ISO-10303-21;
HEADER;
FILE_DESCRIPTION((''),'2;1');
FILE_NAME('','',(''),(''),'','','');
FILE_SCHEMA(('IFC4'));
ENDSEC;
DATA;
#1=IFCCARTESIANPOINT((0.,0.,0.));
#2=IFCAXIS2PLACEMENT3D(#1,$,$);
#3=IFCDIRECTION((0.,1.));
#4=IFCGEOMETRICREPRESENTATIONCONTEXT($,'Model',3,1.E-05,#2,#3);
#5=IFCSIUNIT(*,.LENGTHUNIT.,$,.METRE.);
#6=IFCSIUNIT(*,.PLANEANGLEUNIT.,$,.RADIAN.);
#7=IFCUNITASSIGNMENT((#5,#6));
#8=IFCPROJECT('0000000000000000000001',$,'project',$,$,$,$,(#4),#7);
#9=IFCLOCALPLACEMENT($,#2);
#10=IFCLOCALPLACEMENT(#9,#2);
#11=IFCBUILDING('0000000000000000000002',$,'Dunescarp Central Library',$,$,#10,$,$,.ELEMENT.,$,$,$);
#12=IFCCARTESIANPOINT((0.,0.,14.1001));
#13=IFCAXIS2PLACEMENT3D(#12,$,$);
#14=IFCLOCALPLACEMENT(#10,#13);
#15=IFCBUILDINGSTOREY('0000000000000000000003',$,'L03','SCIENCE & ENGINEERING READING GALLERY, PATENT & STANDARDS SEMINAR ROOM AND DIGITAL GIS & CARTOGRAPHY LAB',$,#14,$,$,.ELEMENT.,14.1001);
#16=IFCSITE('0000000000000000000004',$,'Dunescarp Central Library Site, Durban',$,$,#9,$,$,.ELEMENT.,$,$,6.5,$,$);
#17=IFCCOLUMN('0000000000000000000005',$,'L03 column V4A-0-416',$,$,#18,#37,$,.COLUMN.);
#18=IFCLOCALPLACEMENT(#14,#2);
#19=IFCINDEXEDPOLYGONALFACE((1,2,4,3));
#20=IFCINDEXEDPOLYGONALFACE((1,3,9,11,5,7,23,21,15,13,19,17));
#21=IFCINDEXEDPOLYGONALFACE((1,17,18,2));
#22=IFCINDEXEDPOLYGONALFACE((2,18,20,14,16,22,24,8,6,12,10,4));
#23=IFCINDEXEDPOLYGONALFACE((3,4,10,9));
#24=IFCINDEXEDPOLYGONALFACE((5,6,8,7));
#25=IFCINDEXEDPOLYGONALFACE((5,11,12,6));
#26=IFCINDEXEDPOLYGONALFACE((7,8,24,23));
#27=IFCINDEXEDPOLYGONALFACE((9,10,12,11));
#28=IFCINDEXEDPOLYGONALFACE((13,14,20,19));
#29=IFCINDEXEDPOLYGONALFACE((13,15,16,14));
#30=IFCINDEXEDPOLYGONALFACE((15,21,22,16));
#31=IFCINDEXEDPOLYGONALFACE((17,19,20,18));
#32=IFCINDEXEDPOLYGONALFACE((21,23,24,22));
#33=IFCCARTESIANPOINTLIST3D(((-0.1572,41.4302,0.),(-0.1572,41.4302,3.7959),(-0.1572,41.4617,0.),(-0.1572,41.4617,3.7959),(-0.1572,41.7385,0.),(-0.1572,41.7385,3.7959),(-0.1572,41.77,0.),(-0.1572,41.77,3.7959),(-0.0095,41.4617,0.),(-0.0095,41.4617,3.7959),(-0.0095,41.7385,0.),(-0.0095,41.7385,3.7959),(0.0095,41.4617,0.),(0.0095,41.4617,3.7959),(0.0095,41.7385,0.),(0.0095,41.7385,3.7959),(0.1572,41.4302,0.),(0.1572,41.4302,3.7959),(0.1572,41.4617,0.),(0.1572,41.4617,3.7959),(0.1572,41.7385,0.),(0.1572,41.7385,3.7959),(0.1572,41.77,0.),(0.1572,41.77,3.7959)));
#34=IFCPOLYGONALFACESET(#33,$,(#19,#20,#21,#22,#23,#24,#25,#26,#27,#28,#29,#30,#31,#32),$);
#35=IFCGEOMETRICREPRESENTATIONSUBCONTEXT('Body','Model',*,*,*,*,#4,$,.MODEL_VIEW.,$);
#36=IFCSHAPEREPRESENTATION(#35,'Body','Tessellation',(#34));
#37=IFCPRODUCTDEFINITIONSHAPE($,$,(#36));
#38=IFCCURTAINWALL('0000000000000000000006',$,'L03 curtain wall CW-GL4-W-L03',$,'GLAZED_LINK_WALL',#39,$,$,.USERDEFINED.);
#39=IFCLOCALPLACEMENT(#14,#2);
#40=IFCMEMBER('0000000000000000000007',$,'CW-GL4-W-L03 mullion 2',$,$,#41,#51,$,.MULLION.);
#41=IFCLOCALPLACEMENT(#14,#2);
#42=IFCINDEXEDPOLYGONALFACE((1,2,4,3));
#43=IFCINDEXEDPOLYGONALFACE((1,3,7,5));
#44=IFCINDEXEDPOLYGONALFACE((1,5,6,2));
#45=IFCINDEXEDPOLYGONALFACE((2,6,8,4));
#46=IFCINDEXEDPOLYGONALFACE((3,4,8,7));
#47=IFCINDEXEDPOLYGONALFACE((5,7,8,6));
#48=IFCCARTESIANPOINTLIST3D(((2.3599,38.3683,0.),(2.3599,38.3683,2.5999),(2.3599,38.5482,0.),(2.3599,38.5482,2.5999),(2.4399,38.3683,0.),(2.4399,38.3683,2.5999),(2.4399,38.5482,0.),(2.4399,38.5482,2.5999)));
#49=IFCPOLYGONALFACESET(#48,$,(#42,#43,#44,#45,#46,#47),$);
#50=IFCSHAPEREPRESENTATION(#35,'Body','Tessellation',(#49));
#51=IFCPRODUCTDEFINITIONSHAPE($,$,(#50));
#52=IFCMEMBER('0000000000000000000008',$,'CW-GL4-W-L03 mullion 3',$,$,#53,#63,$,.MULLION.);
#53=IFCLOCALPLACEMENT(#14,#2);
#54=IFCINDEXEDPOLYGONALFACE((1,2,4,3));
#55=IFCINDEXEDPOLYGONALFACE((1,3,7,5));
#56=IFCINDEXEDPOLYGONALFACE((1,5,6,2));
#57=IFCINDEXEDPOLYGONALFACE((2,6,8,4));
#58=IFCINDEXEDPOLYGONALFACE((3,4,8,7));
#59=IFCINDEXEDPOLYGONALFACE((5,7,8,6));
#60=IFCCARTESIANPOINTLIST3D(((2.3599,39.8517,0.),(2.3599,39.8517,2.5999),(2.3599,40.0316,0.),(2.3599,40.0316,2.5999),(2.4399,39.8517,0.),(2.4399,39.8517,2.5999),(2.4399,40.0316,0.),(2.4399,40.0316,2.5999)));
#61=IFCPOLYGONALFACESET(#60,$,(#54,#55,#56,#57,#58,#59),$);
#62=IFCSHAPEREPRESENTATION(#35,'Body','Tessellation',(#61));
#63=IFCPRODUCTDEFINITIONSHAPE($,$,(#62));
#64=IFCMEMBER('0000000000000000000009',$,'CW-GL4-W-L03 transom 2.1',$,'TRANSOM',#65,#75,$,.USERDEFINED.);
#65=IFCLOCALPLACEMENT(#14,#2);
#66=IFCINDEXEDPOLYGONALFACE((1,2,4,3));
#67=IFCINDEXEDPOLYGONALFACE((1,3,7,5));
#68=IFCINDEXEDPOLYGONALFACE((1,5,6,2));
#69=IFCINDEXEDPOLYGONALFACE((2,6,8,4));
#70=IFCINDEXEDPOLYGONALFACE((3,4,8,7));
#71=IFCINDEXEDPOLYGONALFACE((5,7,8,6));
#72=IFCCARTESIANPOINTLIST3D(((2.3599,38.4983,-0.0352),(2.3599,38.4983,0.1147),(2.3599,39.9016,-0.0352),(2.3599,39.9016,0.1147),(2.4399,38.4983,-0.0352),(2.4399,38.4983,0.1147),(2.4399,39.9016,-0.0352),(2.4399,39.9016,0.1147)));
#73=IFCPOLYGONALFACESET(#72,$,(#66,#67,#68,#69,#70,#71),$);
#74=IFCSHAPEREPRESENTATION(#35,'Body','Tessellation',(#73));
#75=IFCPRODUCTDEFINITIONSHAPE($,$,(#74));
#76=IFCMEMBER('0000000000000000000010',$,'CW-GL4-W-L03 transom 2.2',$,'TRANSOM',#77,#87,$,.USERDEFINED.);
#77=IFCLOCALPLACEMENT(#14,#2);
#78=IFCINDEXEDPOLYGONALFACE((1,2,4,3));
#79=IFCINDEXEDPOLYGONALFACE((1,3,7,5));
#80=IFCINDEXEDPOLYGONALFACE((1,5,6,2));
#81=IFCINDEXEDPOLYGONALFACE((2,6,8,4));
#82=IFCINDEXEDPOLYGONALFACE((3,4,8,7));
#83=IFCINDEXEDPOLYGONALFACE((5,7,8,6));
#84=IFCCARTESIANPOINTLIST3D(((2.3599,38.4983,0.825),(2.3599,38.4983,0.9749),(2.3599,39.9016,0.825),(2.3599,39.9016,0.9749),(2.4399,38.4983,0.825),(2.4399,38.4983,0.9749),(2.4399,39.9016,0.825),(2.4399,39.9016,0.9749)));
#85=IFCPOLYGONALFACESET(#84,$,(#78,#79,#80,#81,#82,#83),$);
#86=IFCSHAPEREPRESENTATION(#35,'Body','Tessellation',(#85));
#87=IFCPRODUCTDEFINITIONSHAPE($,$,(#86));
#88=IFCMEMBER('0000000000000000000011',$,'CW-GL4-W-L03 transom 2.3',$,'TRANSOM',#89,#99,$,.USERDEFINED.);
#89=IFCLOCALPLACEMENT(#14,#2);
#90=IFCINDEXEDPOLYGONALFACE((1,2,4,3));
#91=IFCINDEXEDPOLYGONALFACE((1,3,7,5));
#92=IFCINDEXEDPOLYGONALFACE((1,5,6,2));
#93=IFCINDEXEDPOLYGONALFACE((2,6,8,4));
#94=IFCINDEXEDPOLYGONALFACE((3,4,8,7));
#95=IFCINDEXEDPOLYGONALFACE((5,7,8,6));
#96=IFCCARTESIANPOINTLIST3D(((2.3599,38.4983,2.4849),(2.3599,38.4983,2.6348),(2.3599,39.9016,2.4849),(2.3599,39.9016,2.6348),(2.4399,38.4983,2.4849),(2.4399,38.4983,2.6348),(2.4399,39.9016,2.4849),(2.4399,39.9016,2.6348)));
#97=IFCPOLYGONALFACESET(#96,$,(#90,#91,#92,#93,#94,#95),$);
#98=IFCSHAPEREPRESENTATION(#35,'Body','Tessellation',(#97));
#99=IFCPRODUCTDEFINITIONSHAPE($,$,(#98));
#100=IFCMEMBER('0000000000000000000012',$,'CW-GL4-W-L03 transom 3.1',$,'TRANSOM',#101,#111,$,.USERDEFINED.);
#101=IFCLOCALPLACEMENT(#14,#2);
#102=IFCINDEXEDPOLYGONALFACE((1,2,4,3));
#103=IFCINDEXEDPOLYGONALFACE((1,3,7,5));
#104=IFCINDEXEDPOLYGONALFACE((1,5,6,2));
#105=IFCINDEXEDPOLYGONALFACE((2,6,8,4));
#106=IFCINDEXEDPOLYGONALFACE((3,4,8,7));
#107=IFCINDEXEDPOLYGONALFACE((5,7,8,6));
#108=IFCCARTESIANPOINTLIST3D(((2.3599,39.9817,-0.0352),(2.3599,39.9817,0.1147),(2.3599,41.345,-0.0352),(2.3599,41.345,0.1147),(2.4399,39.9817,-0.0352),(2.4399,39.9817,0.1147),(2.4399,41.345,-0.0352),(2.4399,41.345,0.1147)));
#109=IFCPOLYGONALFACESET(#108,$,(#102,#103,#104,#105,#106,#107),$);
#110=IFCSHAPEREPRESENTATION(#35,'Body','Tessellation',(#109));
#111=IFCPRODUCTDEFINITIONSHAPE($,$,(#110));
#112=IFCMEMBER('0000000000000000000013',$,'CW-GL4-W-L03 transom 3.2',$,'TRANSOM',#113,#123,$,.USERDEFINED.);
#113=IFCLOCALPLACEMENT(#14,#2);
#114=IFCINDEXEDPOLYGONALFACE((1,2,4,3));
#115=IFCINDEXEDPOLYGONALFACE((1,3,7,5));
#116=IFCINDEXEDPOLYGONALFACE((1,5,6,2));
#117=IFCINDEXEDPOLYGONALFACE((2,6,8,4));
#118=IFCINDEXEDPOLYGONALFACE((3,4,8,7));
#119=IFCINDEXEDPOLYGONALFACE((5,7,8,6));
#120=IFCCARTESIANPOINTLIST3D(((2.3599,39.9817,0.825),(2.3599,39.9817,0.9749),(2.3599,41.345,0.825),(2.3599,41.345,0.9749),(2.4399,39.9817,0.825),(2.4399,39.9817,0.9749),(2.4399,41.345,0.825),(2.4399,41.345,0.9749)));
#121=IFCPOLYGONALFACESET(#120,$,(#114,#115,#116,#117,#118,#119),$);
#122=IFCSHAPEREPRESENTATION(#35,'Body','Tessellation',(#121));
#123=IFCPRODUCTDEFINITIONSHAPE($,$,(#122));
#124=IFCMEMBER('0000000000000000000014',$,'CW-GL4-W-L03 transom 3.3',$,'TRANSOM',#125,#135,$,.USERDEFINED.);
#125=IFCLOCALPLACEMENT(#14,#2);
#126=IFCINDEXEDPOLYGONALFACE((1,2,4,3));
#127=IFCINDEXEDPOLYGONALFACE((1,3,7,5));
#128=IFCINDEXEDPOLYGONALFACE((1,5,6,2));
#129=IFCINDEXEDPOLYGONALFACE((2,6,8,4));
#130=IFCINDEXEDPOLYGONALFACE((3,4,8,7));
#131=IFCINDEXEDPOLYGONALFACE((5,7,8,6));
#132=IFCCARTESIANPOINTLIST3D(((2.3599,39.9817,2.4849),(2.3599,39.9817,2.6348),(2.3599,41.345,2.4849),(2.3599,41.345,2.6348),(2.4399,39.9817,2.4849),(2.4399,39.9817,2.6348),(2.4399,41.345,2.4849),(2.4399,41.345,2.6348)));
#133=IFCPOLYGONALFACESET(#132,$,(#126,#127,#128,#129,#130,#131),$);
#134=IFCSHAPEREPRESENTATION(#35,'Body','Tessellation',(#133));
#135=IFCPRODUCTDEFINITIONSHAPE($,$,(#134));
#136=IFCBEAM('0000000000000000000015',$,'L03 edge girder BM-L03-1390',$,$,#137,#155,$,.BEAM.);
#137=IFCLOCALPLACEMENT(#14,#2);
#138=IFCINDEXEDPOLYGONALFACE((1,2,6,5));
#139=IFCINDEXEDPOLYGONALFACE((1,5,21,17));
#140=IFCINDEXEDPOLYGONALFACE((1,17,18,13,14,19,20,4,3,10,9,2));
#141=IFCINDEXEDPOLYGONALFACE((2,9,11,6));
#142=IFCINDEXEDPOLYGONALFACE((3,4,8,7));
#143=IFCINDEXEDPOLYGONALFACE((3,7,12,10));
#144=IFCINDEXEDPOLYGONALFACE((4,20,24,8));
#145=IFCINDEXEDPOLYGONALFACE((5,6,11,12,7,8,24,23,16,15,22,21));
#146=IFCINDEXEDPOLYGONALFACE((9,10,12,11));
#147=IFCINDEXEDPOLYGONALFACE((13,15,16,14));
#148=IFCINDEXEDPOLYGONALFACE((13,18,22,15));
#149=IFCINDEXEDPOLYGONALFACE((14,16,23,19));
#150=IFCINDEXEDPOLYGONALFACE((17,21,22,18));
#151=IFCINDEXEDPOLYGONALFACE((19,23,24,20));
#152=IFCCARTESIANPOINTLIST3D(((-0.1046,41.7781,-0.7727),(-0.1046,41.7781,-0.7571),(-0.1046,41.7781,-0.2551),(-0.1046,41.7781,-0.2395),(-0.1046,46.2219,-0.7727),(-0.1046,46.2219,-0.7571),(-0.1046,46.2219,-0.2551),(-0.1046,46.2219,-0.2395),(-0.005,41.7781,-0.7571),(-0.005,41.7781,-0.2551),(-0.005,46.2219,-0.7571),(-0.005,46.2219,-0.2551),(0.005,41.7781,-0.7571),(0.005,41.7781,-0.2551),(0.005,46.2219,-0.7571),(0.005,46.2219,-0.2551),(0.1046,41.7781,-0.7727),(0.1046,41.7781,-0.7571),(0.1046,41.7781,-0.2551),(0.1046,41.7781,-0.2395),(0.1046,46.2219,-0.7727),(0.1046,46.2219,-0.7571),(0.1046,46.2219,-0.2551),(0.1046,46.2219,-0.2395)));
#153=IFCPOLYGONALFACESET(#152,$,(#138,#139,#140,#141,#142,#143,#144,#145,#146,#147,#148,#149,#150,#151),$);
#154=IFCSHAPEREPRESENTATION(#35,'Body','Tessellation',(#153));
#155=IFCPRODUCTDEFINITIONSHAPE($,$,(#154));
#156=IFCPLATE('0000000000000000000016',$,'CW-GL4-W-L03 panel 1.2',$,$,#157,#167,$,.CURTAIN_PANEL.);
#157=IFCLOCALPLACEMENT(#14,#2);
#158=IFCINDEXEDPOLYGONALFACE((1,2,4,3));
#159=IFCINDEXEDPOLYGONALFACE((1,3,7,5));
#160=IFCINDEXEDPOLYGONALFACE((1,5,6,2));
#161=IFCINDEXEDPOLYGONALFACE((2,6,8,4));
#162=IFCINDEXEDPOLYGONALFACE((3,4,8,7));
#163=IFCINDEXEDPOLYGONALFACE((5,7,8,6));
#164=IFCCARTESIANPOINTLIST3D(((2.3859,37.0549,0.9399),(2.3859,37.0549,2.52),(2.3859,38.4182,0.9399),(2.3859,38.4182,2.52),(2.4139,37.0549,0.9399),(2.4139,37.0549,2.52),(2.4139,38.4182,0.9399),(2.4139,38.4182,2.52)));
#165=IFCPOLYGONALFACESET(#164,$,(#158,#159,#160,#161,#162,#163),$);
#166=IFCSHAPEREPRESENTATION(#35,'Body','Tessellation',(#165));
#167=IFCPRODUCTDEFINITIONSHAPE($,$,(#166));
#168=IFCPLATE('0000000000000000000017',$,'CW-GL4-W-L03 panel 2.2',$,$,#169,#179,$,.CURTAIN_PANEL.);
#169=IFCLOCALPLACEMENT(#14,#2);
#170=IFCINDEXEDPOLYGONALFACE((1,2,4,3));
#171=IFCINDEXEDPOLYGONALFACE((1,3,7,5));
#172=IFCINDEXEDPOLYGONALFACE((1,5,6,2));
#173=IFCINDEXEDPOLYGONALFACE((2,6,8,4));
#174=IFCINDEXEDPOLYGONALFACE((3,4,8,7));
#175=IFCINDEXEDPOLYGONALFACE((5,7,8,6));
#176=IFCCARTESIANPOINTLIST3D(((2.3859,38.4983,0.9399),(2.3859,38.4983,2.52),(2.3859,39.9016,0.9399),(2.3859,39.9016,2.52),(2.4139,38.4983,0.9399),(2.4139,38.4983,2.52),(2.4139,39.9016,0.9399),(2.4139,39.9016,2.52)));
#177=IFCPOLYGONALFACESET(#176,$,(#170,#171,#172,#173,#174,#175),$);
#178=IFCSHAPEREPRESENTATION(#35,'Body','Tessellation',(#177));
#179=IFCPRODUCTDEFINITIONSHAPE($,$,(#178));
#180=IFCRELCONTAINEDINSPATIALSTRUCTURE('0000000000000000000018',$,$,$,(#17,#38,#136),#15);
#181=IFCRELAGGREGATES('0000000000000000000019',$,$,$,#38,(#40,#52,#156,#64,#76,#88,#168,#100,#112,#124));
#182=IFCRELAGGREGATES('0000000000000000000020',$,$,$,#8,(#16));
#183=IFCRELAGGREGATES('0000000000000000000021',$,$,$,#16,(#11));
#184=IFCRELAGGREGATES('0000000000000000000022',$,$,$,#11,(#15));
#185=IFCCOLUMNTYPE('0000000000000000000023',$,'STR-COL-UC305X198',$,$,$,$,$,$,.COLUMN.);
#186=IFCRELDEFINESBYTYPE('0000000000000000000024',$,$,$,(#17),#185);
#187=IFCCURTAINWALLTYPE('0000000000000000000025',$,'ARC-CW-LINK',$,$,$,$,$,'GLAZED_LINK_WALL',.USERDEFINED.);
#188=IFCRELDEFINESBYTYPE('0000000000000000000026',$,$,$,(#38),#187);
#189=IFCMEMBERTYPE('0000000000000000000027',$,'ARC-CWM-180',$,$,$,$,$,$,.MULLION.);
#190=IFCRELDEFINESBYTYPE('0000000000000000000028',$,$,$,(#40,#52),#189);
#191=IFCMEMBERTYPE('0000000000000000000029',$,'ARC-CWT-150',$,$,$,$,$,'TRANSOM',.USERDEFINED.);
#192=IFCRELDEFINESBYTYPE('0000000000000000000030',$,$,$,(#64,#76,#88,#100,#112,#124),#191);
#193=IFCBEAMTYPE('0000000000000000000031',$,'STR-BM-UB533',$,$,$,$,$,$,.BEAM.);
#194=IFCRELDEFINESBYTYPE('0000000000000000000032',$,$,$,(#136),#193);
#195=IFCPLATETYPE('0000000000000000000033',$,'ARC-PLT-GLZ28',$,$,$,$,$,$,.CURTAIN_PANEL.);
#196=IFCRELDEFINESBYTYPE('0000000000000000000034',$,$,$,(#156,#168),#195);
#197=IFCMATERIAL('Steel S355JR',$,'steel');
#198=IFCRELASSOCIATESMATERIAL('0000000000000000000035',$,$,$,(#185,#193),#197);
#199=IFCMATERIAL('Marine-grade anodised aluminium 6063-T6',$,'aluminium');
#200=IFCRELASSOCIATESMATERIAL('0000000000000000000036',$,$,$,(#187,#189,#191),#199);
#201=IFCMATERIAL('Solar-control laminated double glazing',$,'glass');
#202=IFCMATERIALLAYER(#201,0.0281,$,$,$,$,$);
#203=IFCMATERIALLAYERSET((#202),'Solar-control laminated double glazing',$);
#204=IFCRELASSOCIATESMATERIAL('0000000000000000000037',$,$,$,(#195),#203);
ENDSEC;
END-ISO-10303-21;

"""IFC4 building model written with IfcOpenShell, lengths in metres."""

from ifc_helpers import new_model, si_unit, direction, frame, origin, origin_2d, place, context, subcontext, project, spatial, rectangle, i_section, extrude, material, layer, layer_set, material_profile, profile_set, type_object, element, aggregate, save


model = new_model("IFC4")

# Units and contexts
model_context = context("Model", 3, precision=1e-05, world=origin(), true_north=direction((0.0, 1.0)))
body_context = subcontext(model_context, "Body", "Model", "MODEL_VIEW")
ifc_project = project(units=[si_unit("LENGTHUNIT", "METRE"), si_unit("PLANEANGLEUNIT", "RADIAN")], contexts=[model_context])

# Site, building, storey
site_placement = place(None, origin())
site = spatial("IfcSite", under=ifc_project, at=site_placement, Name="Dunescarp Central Library Site, Durban", CompositionType="ELEMENT", RefElevation=6.5)
building_placement = place(site_placement, origin())
building = spatial("IfcBuilding", under=site, at=building_placement, Name="Dunescarp Central Library", CompositionType="ELEMENT")
storey_placement = place(building_placement, frame((0.0, 0.0, 14.1001)))
storey = spatial("IfcBuildingStorey", under=building, at=storey_placement, Name="L03", Description="SCIENCE & ENGINEERING READING GALLERY, PATENT & STANDARDS SEMINAR ROOM AND DIGITAL GIS & CARTOGRAPHY LAB", CompositionType="ELEMENT", Elevation=14.1001)

# Column
ifc_material_1 = material(Name="Steel S355JR", Category="steel")
ifc_material_profile_1 = material_profile(ifc_material_1, i_section(OverallWidth=0.3145, OverallDepth=0.3398, WebThickness=0.019, FlangeThickness=0.0315, at=origin_2d()), Name="UC 305x305x198")
ifc_profile_set_1 = profile_set([ifc_material_profile_1], Name="Steel S355JR")
column_type = type_object("IfcColumnType", Name="STR-COL-UC305X198", PredefinedType="COLUMN", material=ifc_profile_set_1)
column_placement = place(storey_placement, frame((0.0, 41.6001, 0.0), z_axis=(0.0, 0.0, 1.0), x_axis=(1.0, 0.0, 0.0)))
element("IfcColumn", 1, at=column_placement, inside=storey, type_object=column_type, Name="L03 column V4A-0-416", PredefinedType="COLUMN", context=body_context, shape_type="SweptSolid", body=[
    extrude(i_section(OverallWidth=0.3145, OverallDepth=0.3398, WebThickness=0.019, FlangeThickness=0.0315, at=origin_2d()), origin(), (0.0, 0.0, 1.0), 3.7959),
])

# Curtain wall, members
ifc_material_2 = material(Name="Marine-grade anodised aluminium 6063-T6", Category="aluminium")
curtain_wall_type = type_object("IfcCurtainWallType", Name="ARC-CW-LINK", ElementType="GLAZED_LINK_WALL", PredefinedType="USERDEFINED", material=ifc_material_2)
curtain_wall_placement = place(storey_placement, origin())
curtain_wall = element("IfcCurtainWall", 2, at=curtain_wall_placement, inside=storey, type_object=curtain_wall_type, Name="L03 curtain wall CW-GL4-W-L03", ObjectType="GLAZED_LINK_WALL", PredefinedType="USERDEFINED")
ifc_material_profile_2 = material_profile(ifc_material_2, rectangle(XDim=0.0801, YDim=0.1799, at=origin_2d()), Name="AL 80x180")
ifc_profile_set_2 = profile_set([ifc_material_profile_2], Name="Marine-grade anodised aluminium 6063-T6")
member_type_1 = type_object("IfcMemberType", Name="ARC-CWM-180", PredefinedType="MULLION", material=ifc_profile_set_2)
member_1_placement = place(storey_placement, frame((2.3999, 38.4583, 0.0), z_axis=(0.0, 0.0, 1.0), x_axis=(-1.0, 0.0, 0.0)))
member_1 = element("IfcMember", 3, at=member_1_placement, type_object=member_type_1, Name="CW-GL4-W-L03 mullion 2", PredefinedType="MULLION", context=body_context, shape_type="SweptSolid", body=[
    extrude(rectangle(XDim=0.0801, YDim=0.1799, at=origin_2d()), origin(), (0.0, 0.0, 1.0), 2.5999),
])
member_2_placement = place(storey_placement, frame((2.3999, 39.9417, 0.0), z_axis=(0.0, 0.0, 1.0), x_axis=(-1.0, 0.0, 0.0)))
member_2 = element("IfcMember", 4, at=member_2_placement, type_object=member_type_1, Name="CW-GL4-W-L03 mullion 3", PredefinedType="MULLION", context=body_context, shape_type="SweptSolid", body=[
    extrude(rectangle(XDim=0.0801, YDim=0.1799, at=origin_2d()), origin(), (0.0, 0.0, 1.0), 2.5999),
])
ifc_material_profile_3 = material_profile(ifc_material_2, rectangle(XDim=0.0801, YDim=0.1499, at=origin_2d()), Name="AL 80x150")
ifc_profile_set_3 = profile_set([ifc_material_profile_3], Name="Marine-grade anodised aluminium 6063-T6")
member_type_2 = type_object("IfcMemberType", Name="ARC-CWT-150", ElementType="TRANSOM", PredefinedType="USERDEFINED", material=ifc_profile_set_3)
member_3_placement = place(storey_placement, frame((2.3999, 38.4983, 0.0398), z_axis=(0.0, 1.0, 0.0), x_axis=(-1.0, 0.0, 0.0)))
member_3 = element("IfcMember", 5, at=member_3_placement, type_object=member_type_2, Name="CW-GL4-W-L03 transom 2.1", ObjectType="TRANSOM", PredefinedType="USERDEFINED", context=body_context, shape_type="SweptSolid", body=[
    extrude(rectangle(XDim=0.0801, YDim=0.1499, at=origin_2d()), origin(), (0.0, 0.0, 1.0), 1.4033),
])
member_4_placement = place(storey_placement, frame((2.3999, 38.4983, 0.8999), z_axis=(0.0, 1.0, 0.0), x_axis=(-1.0, 0.0, 0.0)))
member_4 = element("IfcMember", 6, at=member_4_placement, type_object=member_type_2, Name="CW-GL4-W-L03 transom 2.2", ObjectType="TRANSOM", PredefinedType="USERDEFINED", context=body_context, shape_type="SweptSolid", body=[
    extrude(rectangle(XDim=0.0801, YDim=0.1499, at=origin_2d()), origin(), (0.0, 0.0, 1.0), 1.4033),
])
member_5_placement = place(storey_placement, frame((2.3999, 38.4983, 2.5598), z_axis=(0.0, 1.0, 0.0), x_axis=(-1.0, 0.0, 0.0)))
member_5 = element("IfcMember", 7, at=member_5_placement, type_object=member_type_2, Name="CW-GL4-W-L03 transom 2.3", ObjectType="TRANSOM", PredefinedType="USERDEFINED", context=body_context, shape_type="SweptSolid", body=[
    extrude(rectangle(XDim=0.0801, YDim=0.1499, at=origin_2d()), origin(), (0.0, 0.0, 1.0), 1.4033),
])
member_6_placement = place(storey_placement, frame((2.3999, 39.9817, 0.0398), z_axis=(0.0, 1.0, 0.0), x_axis=(-1.0, 0.0, 0.0)))
member_6 = element("IfcMember", 8, at=member_6_placement, type_object=member_type_2, Name="CW-GL4-W-L03 transom 3.1", ObjectType="TRANSOM", PredefinedType="USERDEFINED", context=body_context, shape_type="SweptSolid", body=[
    extrude(rectangle(XDim=0.0801, YDim=0.1499, at=origin_2d()), origin(), (0.0, 0.0, 1.0), 1.3633),
])
member_7_placement = place(storey_placement, frame((2.3999, 39.9817, 0.8999), z_axis=(0.0, 1.0, 0.0), x_axis=(-1.0, 0.0, 0.0)))
member_7 = element("IfcMember", 9, at=member_7_placement, type_object=member_type_2, Name="CW-GL4-W-L03 transom 3.2", ObjectType="TRANSOM", PredefinedType="USERDEFINED", context=body_context, shape_type="SweptSolid", body=[
    extrude(rectangle(XDim=0.0801, YDim=0.1499, at=origin_2d()), origin(), (0.0, 0.0, 1.0), 1.3633),
])
member_8_placement = place(storey_placement, frame((2.3999, 39.9817, 2.5598), z_axis=(0.0, 1.0, 0.0), x_axis=(-1.0, 0.0, 0.0)))
member_8 = element("IfcMember", 10, at=member_8_placement, type_object=member_type_2, Name="CW-GL4-W-L03 transom 3.3", ObjectType="TRANSOM", PredefinedType="USERDEFINED", context=body_context, shape_type="SweptSolid", body=[
    extrude(rectangle(XDim=0.0801, YDim=0.1499, at=origin_2d()), origin(), (0.0, 0.0, 1.0), 1.3633),
])

# Beam
ifc_material_profile_4 = material_profile(ifc_material_1, i_section(OverallWidth=0.2092, OverallDepth=0.5332, WebThickness=0.01, FlangeThickness=0.0156, at=origin_2d()), Name="UB 533x210x92")
ifc_profile_set_4 = profile_set([ifc_material_profile_4], Name="Steel S355JR")
beam_type = type_object("IfcBeamType", Name="STR-BM-UB533", PredefinedType="BEAM", material=ifc_profile_set_4)
beam_placement = place(storey_placement, frame((0.0, 41.7781, -0.5061), z_axis=(0.0, 1.0, 0.0), x_axis=(-1.0, 0.0, 0.0)))
element("IfcBeam", 11, at=beam_placement, inside=storey, type_object=beam_type, Name="L03 edge girder BM-L03-1390", PredefinedType="BEAM", context=body_context, shape_type="SweptSolid", body=[
    extrude(i_section(OverallWidth=0.2092, OverallDepth=0.5332, WebThickness=0.01, FlangeThickness=0.0156, at=origin_2d()), origin(), (0.0, 0.0, 1.0), 4.4438),
])

# Plates
ifc_material_3 = material(Name="Solar-control laminated double glazing", Category="glass")
ifc_layer_1 = layer(ifc_material_3, 0.0281)
ifc_layer_set_1 = layer_set([ifc_layer_1], Name="Solar-control laminated double glazing")
plate_type_1 = type_object("IfcPlateType", Name="ARC-PLT-GLZ28", PredefinedType="CURTAIN_PANEL", material=ifc_layer_set_1)
plate_1_placement = place(storey_placement, frame((2.3999, 37.7366, 0.9399), z_axis=(0.0, 0.0, 1.0), x_axis=(0.0, 1.0, 0.0)))
plate_1 = element("IfcPlate", 12, at=plate_1_placement, type_object=plate_type_1, Name="CW-GL4-W-L03 panel 1.2", PredefinedType="CURTAIN_PANEL", context=body_context, shape_type="SweptSolid", body=[
    extrude(rectangle(XDim=1.3633, YDim=0.0281, at=origin_2d()), origin(), (0.0, 0.0, 1.0), 1.5801),
])
plate_2_placement = place(storey_placement, frame((2.3999, 39.2, 0.9399), z_axis=(0.0, 0.0, 1.0), x_axis=(0.0, 1.0, 0.0)))
plate_2 = element("IfcPlate", 13, at=plate_2_placement, type_object=plate_type_1, Name="CW-GL4-W-L03 panel 2.2", PredefinedType="CURTAIN_PANEL", context=body_context, shape_type="SweptSolid", body=[
    extrude(rectangle(XDim=1.4033, YDim=0.0281, at=origin_2d()), origin(), (0.0, 0.0, 1.0), 1.5801),
])
aggregate(curtain_wall, [member_1, member_2, plate_1, member_3, member_4, member_5, plate_2, member_6, member_7, member_8])

save(model, "model.ifc")
